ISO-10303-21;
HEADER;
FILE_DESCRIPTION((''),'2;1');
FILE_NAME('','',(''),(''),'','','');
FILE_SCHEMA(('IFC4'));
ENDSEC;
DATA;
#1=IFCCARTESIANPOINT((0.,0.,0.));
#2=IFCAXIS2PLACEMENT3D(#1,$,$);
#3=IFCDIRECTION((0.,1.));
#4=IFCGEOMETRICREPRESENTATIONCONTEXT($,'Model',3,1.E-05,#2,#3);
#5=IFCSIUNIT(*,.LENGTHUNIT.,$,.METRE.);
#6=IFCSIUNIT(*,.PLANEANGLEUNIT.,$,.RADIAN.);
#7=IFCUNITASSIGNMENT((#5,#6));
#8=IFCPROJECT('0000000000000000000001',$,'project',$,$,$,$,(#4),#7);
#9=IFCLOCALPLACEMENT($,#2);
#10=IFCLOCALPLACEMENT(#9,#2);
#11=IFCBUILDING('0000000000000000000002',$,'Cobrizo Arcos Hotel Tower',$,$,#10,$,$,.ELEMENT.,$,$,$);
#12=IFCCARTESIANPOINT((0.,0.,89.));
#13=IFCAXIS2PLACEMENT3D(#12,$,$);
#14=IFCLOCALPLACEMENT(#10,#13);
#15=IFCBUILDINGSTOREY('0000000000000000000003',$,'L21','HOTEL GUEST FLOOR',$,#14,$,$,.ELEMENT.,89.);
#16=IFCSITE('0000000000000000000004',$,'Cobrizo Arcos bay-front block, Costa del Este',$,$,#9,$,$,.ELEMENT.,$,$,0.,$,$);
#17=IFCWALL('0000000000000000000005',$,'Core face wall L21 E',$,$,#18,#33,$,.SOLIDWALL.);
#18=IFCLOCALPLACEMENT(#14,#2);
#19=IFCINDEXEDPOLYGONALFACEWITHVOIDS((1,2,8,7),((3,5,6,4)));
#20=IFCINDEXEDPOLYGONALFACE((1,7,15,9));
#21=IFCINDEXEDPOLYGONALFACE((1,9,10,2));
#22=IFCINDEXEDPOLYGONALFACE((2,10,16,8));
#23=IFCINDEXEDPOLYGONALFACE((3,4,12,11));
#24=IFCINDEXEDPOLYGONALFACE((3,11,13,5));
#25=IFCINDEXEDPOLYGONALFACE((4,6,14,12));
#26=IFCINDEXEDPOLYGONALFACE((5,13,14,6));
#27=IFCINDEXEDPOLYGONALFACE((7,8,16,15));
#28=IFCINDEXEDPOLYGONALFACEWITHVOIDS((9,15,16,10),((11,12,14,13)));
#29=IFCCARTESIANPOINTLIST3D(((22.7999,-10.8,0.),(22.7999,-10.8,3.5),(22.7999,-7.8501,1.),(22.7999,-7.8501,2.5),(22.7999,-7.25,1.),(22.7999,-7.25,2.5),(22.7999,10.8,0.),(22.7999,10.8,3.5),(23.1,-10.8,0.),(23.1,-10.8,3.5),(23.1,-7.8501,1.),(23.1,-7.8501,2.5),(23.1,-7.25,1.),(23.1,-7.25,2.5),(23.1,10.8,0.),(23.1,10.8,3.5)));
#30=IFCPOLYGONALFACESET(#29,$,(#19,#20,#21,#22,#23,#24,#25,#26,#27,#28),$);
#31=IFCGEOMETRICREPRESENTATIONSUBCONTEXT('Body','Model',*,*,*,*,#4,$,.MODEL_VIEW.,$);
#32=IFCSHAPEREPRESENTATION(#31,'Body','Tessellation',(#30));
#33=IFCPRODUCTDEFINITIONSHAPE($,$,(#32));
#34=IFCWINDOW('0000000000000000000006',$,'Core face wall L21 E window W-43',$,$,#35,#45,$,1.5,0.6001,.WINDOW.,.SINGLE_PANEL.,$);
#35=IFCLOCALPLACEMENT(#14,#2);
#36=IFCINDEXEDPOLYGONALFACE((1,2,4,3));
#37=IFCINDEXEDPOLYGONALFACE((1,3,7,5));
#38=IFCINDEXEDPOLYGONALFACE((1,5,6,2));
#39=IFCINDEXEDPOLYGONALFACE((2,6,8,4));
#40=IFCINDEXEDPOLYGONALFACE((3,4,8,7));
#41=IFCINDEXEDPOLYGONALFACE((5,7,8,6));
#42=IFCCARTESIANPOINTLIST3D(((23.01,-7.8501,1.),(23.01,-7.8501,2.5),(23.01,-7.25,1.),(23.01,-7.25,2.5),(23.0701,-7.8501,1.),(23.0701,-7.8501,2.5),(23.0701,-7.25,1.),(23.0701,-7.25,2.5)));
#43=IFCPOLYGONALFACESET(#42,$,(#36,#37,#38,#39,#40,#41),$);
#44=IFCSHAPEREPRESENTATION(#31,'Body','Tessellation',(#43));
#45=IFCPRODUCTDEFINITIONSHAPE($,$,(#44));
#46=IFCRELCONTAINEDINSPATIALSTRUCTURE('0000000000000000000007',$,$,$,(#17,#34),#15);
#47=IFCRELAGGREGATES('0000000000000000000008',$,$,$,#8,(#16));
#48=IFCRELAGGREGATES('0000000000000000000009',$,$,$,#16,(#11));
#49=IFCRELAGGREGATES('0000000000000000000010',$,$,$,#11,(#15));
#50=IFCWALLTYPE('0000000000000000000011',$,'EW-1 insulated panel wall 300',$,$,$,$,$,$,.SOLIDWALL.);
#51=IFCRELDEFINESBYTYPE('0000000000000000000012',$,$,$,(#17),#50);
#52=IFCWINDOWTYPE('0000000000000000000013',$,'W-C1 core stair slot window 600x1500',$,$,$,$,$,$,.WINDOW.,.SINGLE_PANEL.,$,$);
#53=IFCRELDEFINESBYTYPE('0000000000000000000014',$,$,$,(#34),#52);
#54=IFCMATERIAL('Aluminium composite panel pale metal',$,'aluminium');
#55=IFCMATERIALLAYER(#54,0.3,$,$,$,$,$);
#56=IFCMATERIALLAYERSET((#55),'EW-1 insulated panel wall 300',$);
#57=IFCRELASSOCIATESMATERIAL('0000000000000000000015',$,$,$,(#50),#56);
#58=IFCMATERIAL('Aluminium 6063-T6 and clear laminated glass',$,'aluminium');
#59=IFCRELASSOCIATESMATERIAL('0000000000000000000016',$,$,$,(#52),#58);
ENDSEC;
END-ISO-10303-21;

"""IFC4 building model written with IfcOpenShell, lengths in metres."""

from ifc_helpers import new_model, si_unit, direction, frame, frame_2d, origin, place, context, subcontext, project, spatial, rectangle, extrude, material, layer, layer_set, type_object, element, fill, save


model = new_model("IFC4")

# Units and contexts
model_context = context("Model", 3, precision=1e-05, world=origin(), true_north=direction((0.0, 1.0)))
body_context = subcontext(model_context, "Body", "Model", "MODEL_VIEW")
ifc_project = project(units=[si_unit("LENGTHUNIT", "METRE"), si_unit("PLANEANGLEUNIT", "RADIAN")], contexts=[model_context])

# Site, building, storey
site_placement = place(None, origin())
site = spatial("IfcSite", under=ifc_project, at=site_placement, Name="Cobrizo Arcos bay-front block, Costa del Este", CompositionType="ELEMENT", RefElevation=0.0)
building_placement = place(site_placement, origin())
building = spatial("IfcBuilding", under=site, at=building_placement, Name="Cobrizo Arcos Hotel Tower", CompositionType="ELEMENT")
storey_placement = place(building_placement, frame((0.0, 0.0, 89.0)))
storey = spatial("IfcBuildingStorey", under=building, at=storey_placement, Name="L21", Description="HOTEL GUEST FLOOR", CompositionType="ELEMENT", Elevation=89.0)

# Shared definitions
ifc_material_1 = material(Name="Aluminium composite panel pale metal", Category="aluminium")

# Wall, opening, window
ifc_layer_1 = layer(ifc_material_1, 0.3)
ifc_layer_set_1 = layer_set([ifc_layer_1], Name="EW-1 insulated panel wall 300")
wall_type_1 = type_object("IfcWallType", Name="EW-1 insulated panel wall 300", PredefinedType="SOLIDWALL", material=ifc_layer_set_1)
wall_1_placement = place(storey_placement, frame((22.95, -10.8, 0.0), z_axis=(0.0, 0.0, 1.0), x_axis=(0.0, 1.0, 0.0)))
wall_1 = element("IfcWall", 1, at=wall_1_placement, inside=storey, type_object=wall_type_1, Name="Core face wall L21 E", PredefinedType="SOLIDWALL", context=body_context, shape_type="SweptSolid", body=[
    extrude(rectangle(XDim=21.6001, YDim=0.3, at=frame_2d((10.8, 0.0))), origin(), (0.0, 0.0, 1.0), 3.5),
])
opening_1_placement = place(wall_1_placement, frame((2.95, 0.0, 1.0)))
opening_1 = element("IfcOpeningElement", 2, at=opening_1_placement, cuts=wall_1, PredefinedType="OPENING", context=body_context, shape_type="SweptSolid", body=[
    extrude(rectangle(XDim=0.6001, YDim=1.5, at=frame_2d((0.3, 0.75))), frame((0.0, 0.1621, 0.0), z_axis=(0.0, -1.0, 0.0), x_axis=(1.0, 0.0, 0.0)), (0.0, 0.0, 1.0), 0.324),
])
ifc_material_2 = material(Name="Aluminium 6063-T6 and clear laminated glass", Category="aluminium")
window_type = type_object("IfcWindowType", Name="W-C1 core stair slot window 600x1500", PartitioningType="SINGLE_PANEL", PredefinedType="WINDOW", material=ifc_material_2)
window_placement = place(opening_1_placement, origin())
window = element("IfcWindow", 3, at=window_placement, inside=storey, type_object=window_type, Name="Core face wall L21 E window W-43", OverallHeight=1.5, OverallWidth=0.6001, PartitioningType="SINGLE_PANEL", PredefinedType="WINDOW", context=body_context, shape_type="SweptSolid", body=[
    extrude(rectangle(XDim=0.6001, YDim=1.5, at=frame_2d((0.3, 0.75))), frame((0.0, -0.0601, 0.0), z_axis=(0.0, -1.0, 0.0), x_axis=(1.0, 0.0, 0.0)), (0.0, 0.0, 1.0), 0.0601),
])
fill(opening_1, window)

save(model, "model.ifc")
